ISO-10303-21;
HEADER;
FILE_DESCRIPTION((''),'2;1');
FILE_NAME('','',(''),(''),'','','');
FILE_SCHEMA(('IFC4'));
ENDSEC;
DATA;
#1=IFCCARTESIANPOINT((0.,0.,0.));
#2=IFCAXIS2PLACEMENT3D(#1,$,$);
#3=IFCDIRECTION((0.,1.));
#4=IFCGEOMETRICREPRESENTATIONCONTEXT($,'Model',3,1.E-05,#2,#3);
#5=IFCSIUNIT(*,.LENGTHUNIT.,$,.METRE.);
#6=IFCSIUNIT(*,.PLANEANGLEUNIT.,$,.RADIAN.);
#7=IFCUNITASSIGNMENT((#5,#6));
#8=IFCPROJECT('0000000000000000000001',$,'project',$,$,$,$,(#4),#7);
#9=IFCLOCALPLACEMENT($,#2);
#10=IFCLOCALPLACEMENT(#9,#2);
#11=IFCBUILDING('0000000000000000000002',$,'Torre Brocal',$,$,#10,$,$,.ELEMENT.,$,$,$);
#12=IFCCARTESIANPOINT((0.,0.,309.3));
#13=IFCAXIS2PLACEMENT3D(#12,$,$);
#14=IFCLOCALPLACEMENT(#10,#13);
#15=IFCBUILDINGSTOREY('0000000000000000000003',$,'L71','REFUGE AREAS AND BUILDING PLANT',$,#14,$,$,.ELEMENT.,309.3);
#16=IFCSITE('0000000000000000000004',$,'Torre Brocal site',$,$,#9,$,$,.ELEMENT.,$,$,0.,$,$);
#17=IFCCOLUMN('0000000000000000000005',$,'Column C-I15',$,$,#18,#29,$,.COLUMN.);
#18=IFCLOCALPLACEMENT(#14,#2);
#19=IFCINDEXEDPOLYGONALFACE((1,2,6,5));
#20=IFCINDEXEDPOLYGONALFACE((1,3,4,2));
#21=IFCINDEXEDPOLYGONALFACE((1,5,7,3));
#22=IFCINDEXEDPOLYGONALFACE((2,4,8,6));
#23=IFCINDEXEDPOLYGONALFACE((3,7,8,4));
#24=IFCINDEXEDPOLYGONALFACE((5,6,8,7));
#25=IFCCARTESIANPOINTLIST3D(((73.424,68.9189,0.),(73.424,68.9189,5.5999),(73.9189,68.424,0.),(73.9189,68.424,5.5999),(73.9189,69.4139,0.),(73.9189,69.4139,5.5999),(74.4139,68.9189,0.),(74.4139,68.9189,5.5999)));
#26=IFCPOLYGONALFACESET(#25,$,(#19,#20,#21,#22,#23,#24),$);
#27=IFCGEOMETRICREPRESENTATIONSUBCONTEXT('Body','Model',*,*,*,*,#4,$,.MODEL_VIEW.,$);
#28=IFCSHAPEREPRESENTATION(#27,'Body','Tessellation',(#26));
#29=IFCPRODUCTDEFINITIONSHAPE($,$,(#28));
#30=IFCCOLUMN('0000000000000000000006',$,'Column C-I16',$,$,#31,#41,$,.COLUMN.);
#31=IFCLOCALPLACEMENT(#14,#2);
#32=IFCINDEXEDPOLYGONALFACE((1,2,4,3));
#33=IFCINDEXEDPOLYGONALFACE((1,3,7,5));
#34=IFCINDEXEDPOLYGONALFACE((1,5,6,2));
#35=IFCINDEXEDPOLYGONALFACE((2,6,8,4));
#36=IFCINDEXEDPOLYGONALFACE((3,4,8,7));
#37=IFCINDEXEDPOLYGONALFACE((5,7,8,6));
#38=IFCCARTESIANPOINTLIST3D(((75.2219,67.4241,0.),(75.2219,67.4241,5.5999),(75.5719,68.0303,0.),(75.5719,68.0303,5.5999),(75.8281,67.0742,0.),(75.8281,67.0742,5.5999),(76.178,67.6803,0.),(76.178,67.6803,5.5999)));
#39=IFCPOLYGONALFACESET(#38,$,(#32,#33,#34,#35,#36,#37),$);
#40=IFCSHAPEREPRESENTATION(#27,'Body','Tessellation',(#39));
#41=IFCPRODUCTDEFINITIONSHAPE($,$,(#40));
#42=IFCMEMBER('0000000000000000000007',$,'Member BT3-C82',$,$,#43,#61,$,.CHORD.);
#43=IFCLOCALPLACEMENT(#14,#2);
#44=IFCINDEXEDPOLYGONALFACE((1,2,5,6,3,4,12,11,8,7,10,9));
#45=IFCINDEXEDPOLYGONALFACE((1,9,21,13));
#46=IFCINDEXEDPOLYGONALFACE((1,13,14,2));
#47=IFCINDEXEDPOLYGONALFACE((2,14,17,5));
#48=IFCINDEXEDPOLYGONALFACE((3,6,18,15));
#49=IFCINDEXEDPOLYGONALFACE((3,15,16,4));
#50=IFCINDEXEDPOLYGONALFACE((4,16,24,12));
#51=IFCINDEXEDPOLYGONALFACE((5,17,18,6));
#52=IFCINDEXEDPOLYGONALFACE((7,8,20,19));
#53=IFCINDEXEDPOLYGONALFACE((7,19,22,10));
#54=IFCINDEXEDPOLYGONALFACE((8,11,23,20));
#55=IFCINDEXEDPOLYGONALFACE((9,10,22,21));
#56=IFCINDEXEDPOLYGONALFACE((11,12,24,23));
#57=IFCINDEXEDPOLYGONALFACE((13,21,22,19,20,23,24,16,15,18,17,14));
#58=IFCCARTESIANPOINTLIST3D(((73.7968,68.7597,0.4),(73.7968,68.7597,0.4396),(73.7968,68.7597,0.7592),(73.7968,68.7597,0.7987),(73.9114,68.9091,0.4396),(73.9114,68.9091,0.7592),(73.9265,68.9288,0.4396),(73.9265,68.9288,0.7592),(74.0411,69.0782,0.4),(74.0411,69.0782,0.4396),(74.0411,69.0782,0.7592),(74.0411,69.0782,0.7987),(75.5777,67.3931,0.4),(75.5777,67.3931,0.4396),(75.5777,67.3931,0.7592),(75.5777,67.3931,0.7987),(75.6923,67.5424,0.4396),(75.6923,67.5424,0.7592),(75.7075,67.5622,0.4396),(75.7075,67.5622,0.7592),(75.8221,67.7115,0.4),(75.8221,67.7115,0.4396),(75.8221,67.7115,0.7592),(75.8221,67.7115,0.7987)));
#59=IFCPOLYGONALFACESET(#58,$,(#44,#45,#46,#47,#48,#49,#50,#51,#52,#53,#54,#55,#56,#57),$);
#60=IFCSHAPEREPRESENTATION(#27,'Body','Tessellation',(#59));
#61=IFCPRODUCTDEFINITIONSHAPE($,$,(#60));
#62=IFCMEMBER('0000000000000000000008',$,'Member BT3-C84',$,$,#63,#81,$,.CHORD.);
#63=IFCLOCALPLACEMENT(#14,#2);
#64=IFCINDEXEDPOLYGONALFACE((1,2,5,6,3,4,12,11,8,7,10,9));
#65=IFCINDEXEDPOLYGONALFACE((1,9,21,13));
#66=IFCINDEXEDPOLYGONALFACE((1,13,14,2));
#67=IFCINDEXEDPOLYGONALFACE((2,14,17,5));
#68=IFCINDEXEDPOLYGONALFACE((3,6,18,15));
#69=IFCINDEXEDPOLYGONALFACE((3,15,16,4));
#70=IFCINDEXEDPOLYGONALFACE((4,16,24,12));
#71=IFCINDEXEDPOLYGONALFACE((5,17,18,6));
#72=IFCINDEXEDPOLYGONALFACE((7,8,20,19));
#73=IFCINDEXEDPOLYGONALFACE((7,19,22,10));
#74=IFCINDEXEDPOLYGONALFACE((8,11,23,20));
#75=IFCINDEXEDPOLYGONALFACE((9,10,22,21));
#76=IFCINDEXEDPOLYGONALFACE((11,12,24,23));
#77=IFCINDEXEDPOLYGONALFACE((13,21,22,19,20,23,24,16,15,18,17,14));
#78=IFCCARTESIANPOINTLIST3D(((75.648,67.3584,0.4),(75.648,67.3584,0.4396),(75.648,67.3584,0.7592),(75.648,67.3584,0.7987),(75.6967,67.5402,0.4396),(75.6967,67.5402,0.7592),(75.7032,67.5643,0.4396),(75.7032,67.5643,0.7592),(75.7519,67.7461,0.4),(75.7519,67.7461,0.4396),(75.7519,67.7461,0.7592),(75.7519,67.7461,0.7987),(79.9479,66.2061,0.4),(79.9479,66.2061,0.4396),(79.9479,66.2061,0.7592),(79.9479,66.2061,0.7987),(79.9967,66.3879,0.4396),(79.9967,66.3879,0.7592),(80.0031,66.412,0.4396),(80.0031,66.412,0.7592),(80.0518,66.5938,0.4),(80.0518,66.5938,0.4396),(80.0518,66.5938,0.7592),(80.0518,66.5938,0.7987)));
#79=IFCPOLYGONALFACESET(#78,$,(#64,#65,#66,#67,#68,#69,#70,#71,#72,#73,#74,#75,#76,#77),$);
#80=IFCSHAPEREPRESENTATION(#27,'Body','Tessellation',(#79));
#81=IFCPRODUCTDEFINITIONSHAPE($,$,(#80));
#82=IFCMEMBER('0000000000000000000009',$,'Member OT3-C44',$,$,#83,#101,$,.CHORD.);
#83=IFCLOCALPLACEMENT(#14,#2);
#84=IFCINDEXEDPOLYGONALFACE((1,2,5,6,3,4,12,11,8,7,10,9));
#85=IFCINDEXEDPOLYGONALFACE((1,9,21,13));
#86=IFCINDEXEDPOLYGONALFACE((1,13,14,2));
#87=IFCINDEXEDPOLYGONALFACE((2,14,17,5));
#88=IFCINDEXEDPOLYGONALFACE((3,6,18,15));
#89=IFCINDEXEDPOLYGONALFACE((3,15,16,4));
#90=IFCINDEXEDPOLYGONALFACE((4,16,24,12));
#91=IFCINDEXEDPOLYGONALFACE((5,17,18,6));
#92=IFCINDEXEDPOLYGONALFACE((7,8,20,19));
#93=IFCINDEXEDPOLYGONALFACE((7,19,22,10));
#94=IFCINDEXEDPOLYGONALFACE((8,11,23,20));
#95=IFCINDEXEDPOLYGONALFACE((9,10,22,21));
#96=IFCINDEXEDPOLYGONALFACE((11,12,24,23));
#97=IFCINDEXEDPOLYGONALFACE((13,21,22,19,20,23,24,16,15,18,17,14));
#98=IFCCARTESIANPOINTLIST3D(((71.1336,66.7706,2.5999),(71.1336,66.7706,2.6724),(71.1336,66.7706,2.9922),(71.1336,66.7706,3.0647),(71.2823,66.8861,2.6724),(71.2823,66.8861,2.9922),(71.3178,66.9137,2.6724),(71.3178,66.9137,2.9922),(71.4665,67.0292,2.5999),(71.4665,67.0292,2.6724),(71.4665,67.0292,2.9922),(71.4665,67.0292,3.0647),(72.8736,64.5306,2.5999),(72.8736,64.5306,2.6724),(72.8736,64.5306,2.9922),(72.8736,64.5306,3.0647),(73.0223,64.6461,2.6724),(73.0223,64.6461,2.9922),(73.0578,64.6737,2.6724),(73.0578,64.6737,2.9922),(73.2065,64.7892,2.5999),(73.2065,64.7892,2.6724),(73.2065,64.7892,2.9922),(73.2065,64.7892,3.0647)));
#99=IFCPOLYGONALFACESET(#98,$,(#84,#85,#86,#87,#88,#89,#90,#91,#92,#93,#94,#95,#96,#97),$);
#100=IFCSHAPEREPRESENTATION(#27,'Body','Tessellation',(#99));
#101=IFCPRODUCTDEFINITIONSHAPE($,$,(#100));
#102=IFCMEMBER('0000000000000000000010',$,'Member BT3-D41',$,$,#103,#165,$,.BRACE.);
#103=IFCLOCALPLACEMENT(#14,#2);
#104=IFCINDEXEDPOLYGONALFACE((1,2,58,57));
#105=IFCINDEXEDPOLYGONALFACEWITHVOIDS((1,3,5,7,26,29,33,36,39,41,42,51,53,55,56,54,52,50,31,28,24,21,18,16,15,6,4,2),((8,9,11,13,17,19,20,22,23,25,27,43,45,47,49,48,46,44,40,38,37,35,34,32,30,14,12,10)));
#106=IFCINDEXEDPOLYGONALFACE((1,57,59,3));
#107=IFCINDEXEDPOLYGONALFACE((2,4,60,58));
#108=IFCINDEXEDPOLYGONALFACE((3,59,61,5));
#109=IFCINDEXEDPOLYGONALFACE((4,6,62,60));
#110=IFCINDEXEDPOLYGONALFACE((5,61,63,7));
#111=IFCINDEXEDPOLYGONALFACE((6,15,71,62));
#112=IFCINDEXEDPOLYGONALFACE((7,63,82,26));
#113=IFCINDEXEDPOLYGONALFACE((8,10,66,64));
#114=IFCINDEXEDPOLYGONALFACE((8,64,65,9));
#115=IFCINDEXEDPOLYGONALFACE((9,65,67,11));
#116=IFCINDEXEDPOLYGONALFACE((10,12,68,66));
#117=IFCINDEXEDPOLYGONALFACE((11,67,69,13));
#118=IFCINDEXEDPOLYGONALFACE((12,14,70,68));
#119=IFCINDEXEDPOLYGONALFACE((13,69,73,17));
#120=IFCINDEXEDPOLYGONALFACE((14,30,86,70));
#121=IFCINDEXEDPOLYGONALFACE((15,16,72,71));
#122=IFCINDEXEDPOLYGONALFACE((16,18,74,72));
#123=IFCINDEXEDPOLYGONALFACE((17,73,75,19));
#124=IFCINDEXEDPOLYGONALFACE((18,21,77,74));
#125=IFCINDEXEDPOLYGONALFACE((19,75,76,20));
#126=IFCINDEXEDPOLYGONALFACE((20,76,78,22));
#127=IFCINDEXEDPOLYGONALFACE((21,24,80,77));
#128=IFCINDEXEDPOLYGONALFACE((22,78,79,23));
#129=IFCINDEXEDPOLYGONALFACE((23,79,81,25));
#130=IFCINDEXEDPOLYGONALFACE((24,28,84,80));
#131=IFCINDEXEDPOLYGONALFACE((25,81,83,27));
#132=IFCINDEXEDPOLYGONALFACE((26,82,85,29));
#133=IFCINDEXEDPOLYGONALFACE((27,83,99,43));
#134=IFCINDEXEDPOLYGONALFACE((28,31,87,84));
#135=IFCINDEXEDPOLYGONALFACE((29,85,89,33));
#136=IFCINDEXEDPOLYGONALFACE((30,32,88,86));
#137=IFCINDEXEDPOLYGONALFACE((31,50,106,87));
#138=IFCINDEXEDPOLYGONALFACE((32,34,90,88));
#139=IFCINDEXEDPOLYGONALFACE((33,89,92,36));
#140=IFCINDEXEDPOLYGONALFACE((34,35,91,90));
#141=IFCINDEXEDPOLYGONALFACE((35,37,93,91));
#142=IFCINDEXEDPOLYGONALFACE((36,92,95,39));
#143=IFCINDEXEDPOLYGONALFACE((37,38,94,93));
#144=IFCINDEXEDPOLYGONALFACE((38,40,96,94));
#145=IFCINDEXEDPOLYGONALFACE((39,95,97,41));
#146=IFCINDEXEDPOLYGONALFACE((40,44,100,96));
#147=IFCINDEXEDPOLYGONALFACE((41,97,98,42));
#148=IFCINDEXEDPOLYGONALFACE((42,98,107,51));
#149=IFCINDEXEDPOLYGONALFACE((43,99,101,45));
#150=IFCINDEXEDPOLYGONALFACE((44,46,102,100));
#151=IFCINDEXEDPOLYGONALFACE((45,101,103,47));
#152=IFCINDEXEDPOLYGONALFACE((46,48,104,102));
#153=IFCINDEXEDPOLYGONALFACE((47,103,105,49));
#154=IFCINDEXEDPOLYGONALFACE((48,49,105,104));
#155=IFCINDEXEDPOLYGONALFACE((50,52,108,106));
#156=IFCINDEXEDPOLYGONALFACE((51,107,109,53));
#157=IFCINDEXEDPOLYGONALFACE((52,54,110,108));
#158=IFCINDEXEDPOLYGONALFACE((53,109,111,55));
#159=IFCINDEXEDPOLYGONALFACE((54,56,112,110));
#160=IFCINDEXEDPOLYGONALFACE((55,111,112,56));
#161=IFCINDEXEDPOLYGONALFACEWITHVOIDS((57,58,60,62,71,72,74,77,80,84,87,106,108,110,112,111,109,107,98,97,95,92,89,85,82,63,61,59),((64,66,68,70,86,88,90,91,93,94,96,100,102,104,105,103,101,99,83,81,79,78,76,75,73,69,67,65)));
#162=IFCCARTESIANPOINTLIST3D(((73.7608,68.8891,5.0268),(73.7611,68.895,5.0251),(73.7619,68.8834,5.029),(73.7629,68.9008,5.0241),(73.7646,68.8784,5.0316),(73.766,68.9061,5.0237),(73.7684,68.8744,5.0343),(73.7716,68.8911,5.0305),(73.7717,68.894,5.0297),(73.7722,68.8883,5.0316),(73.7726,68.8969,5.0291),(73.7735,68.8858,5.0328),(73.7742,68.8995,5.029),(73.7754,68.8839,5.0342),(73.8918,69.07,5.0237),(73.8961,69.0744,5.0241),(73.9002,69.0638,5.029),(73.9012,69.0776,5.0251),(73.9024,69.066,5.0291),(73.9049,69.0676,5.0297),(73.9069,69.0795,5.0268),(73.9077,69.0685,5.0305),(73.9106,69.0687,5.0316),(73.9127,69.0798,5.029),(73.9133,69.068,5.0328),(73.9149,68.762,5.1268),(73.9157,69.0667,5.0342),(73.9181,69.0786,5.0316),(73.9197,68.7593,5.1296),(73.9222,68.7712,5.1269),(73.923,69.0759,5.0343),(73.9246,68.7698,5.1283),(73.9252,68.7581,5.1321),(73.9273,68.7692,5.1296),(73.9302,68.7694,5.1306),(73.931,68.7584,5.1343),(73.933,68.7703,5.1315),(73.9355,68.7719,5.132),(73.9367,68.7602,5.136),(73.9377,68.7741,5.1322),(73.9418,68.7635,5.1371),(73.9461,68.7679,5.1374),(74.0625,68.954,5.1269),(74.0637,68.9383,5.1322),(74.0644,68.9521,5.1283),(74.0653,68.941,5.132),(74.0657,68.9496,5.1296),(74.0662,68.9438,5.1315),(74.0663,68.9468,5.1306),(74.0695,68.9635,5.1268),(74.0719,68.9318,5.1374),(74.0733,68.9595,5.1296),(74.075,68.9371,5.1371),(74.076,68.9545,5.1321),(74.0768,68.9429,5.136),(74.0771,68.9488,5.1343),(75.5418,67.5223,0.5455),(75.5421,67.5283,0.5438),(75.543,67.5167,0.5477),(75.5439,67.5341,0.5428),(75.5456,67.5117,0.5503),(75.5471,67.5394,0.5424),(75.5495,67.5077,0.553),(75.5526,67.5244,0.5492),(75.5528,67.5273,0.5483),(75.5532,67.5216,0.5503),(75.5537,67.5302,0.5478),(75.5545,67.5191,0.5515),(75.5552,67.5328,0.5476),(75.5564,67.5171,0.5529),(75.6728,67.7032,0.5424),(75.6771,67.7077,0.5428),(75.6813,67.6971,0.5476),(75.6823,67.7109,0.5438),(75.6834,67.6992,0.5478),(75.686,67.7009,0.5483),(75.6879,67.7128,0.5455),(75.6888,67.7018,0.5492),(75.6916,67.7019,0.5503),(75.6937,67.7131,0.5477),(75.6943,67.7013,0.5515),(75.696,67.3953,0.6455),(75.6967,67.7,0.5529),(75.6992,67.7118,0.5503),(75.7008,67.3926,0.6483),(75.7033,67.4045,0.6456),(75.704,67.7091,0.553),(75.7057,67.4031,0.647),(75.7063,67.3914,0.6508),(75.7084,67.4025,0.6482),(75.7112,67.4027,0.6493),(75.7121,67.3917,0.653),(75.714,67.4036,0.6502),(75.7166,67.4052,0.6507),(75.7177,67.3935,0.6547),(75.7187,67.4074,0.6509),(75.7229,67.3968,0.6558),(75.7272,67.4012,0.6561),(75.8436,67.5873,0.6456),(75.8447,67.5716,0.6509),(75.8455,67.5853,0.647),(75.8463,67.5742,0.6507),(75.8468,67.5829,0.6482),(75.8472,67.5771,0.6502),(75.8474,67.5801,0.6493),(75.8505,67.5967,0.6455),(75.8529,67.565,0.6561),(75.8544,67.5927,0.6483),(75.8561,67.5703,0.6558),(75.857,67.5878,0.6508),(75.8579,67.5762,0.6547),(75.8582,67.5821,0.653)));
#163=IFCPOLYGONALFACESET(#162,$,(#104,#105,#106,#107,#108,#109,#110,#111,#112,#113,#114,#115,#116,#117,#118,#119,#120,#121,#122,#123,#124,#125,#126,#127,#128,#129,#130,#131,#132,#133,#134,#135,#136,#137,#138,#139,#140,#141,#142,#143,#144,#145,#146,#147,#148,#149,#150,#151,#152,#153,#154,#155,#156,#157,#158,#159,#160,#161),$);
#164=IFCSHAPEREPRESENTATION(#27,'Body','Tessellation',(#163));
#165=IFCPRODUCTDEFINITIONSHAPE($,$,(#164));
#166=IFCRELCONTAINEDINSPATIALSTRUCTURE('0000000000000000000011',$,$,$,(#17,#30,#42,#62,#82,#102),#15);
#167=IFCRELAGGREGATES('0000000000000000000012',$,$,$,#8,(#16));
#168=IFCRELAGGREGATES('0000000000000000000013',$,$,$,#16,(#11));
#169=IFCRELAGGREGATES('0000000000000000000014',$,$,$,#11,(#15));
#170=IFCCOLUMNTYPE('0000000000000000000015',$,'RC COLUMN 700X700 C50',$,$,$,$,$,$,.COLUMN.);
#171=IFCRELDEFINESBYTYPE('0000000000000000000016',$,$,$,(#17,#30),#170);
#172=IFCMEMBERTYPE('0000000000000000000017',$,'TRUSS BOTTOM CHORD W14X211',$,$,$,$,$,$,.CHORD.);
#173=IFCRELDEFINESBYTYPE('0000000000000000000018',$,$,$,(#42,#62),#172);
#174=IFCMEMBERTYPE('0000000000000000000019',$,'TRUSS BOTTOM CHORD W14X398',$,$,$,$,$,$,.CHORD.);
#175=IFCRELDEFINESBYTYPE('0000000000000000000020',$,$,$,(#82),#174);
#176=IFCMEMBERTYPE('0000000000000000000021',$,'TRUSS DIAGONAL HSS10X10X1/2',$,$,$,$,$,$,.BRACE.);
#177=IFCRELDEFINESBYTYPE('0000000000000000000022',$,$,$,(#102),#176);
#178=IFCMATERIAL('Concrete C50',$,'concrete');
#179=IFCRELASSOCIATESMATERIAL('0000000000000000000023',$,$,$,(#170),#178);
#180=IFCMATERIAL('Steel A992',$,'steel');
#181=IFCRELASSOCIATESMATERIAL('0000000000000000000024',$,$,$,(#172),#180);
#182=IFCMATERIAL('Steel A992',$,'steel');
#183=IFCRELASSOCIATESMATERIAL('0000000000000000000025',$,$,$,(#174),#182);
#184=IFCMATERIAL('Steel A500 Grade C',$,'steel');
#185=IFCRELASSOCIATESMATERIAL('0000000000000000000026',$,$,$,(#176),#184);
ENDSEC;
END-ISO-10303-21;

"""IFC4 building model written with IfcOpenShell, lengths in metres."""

from ifc_helpers import new_model, si_unit, direction, frame, origin, origin_2d, place, context, subcontext, project, spatial, rectangle, hollow_rectangle, i_section, extrude, material, material_profile, profile_set, type_object, element, save


model = new_model("IFC4")

# Units and contexts
model_context = context("Model", 3, precision=1e-05, world=origin(), true_north=direction((0.0, 1.0)))
body_context = subcontext(model_context, "Body", "Model", "MODEL_VIEW")
ifc_project = project(units=[si_unit("LENGTHUNIT", "METRE"), si_unit("PLANEANGLEUNIT", "RADIAN")], contexts=[model_context])

# Site, building, storey
site_placement = place(None, origin())
site = spatial("IfcSite", under=ifc_project, at=site_placement, Name="Torre Brocal site", CompositionType="ELEMENT", RefElevation=0.0)
building_placement = place(site_placement, origin())
building = spatial("IfcBuilding", under=site, at=building_placement, Name="Torre Brocal", CompositionType="ELEMENT")
storey_placement = place(building_placement, frame((0.0, 0.0, 309.3)))
storey = spatial("IfcBuildingStorey", under=building, at=storey_placement, Name="L71", Description="REFUGE AREAS AND BUILDING PLANT", CompositionType="ELEMENT", Elevation=309.3)

# Columns
ifc_material_1 = material(Name="Concrete C50", Category="concrete")
ifc_material_profile_1 = material_profile(ifc_material_1, rectangle(XDim=0.7, YDim=0.7, at=origin_2d()), Name="RC 700X700")
ifc_profile_set_1 = profile_set([ifc_material_profile_1], Name="Concrete C50")
column_type = type_object("IfcColumnType", Name="RC COLUMN 700X700 C50", PredefinedType="COLUMN", material=ifc_profile_set_1)
for number, where, z_axis, x_axis, name in (
    (1, (73.9189, 68.9189, 0.0), (0.0, 0.0, 1.0), (-0.707107, -0.707107, 0.0), "Column C-I15"),
    (2, (75.7, 67.5522, 0.0), (0.0, 0.0, 1.0), (-0.5, -0.866025, 0.0), "Column C-I16"),
):
    element("IfcColumn", number, at=place(storey_placement, frame(where, z_axis=z_axis, x_axis=x_axis)), inside=storey, type_object=column_type, Name=name, PredefinedType="COLUMN", context=body_context, shape_type="SweptSolid", body=[
        extrude(rectangle(XDim=0.7, YDim=0.7, at=origin_2d()), origin(), (0.0, 0.0, 1.0), 5.5999),
    ])

# Members
ifc_material_2 = material(Name="Steel A992", Category="steel")
ifc_material_profile_2 = material_profile(ifc_material_2, i_section(OverallWidth=0.4014, OverallDepth=0.3987, WebThickness=0.0249, FlangeThickness=0.0396, at=origin_2d()), Name="W14X211")
ifc_profile_set_2 = profile_set([ifc_material_profile_2], Name="Steel A992")
member_type_1 = type_object("IfcMemberType", Name="TRUSS BOTTOM CHORD W14X211", PredefinedType="CHORD", material=ifc_profile_set_2)
member_1_placement = place(storey_placement, frame((73.9189, 68.9189, 0.5994), z_axis=(0.793335, -0.608785, 0.0), x_axis=(0.608785, 0.793335, 0.0)))
element("IfcMember", 3, at=member_1_placement, inside=storey, type_object=member_type_1, Name="Member BT3-C82", PredefinedType="CHORD", context=body_context, shape_type="SweptSolid", body=[
    extrude(i_section(OverallWidth=0.4014, OverallDepth=0.3987, WebThickness=0.0249, FlangeThickness=0.0396, at=origin_2d()), origin(), (0.0, 0.0, 1.0), 2.2449),
])
member_2_placement = place(storey_placement, frame((75.7, 67.5522, 0.5994), z_axis=(0.965917, -0.25885, 0.0), x_axis=(0.25885, 0.965917, 0.0)))
element("IfcMember", 4, at=member_2_placement, inside=storey, type_object=member_type_1, Name="Member BT3-C84", PredefinedType="CHORD", context=body_context, shape_type="SweptSolid", body=[
    extrude(i_section(OverallWidth=0.4014, OverallDepth=0.3987, WebThickness=0.0249, FlangeThickness=0.0396, at=origin_2d()), origin(), (0.0, 0.0, 1.0), 4.4517),
])
ifc_material_3 = material(Name="Steel A992", Category="steel")
ifc_material_profile_3 = material_profile(ifc_material_3, i_section(OverallWidth=0.4216, OverallDepth=0.4648, WebThickness=0.0449, FlangeThickness=0.0725, at=origin_2d()), Name="W14X398")
ifc_profile_set_3 = profile_set([ifc_material_profile_3], Name="Steel A992")
member_type_2 = type_object("IfcMemberType", Name="TRUSS BOTTOM CHORD W14X398", PredefinedType="CHORD", material=ifc_profile_set_3)
member_3_placement = place(storey_placement, frame((71.3, 66.8999, 2.8323), z_axis=(0.613452, -0.789732, 0.0), x_axis=(0.789732, 0.613452, 0.0)))
element("IfcMember", 5, at=member_3_placement, inside=storey, type_object=member_type_2, Name="Member OT3-C44", PredefinedType="CHORD", context=body_context, shape_type="SweptSolid", body=[
    extrude(i_section(OverallWidth=0.4216, OverallDepth=0.4648, WebThickness=0.0449, FlangeThickness=0.0725, at=origin_2d()), origin(), (0.0, 0.0, 1.0), 2.8364),
])
ifc_material_4 = material(Name="Steel A500 Grade C", Category="steel")
ifc_material_profile_4 = material_profile(ifc_material_4, hollow_rectangle(XDim=0.2539, YDim=0.2539, WallThickness=0.0117, InnerFilletRadius=0.0117, OuterFilletRadius=0.0237, at=origin_2d()), Name="HSS10X10X1/2")
ifc_profile_set_4 = profile_set([ifc_material_profile_4], Name="Steel A500 Grade C")
member_type_3 = type_object("IfcMemberType", Name="TRUSS DIAGONAL HSS10X10X1/2", PredefinedType="BRACE", material=ifc_profile_set_4)
member_4_placement = place(storey_placement, frame((73.9189, 68.9189, 5.0806), z_axis=(0.355342, -0.272681, -0.894079), x_axis=(0.608785, 0.793335, 0.0)))
element("IfcMember", 6, at=member_4_placement, inside=storey, type_object=member_type_3, Name="Member BT3-D41", PredefinedType="BRACE", context=body_context, shape_type="SweptSolid", body=[
    extrude(hollow_rectangle(XDim=0.2539, YDim=0.2539, WallThickness=0.0117, InnerFilletRadius=0.0117, OuterFilletRadius=0.0237, at=origin_2d()), origin(), (0.0, 0.0, 1.0), 5.0122),
])

save(model, "model.ifc")
